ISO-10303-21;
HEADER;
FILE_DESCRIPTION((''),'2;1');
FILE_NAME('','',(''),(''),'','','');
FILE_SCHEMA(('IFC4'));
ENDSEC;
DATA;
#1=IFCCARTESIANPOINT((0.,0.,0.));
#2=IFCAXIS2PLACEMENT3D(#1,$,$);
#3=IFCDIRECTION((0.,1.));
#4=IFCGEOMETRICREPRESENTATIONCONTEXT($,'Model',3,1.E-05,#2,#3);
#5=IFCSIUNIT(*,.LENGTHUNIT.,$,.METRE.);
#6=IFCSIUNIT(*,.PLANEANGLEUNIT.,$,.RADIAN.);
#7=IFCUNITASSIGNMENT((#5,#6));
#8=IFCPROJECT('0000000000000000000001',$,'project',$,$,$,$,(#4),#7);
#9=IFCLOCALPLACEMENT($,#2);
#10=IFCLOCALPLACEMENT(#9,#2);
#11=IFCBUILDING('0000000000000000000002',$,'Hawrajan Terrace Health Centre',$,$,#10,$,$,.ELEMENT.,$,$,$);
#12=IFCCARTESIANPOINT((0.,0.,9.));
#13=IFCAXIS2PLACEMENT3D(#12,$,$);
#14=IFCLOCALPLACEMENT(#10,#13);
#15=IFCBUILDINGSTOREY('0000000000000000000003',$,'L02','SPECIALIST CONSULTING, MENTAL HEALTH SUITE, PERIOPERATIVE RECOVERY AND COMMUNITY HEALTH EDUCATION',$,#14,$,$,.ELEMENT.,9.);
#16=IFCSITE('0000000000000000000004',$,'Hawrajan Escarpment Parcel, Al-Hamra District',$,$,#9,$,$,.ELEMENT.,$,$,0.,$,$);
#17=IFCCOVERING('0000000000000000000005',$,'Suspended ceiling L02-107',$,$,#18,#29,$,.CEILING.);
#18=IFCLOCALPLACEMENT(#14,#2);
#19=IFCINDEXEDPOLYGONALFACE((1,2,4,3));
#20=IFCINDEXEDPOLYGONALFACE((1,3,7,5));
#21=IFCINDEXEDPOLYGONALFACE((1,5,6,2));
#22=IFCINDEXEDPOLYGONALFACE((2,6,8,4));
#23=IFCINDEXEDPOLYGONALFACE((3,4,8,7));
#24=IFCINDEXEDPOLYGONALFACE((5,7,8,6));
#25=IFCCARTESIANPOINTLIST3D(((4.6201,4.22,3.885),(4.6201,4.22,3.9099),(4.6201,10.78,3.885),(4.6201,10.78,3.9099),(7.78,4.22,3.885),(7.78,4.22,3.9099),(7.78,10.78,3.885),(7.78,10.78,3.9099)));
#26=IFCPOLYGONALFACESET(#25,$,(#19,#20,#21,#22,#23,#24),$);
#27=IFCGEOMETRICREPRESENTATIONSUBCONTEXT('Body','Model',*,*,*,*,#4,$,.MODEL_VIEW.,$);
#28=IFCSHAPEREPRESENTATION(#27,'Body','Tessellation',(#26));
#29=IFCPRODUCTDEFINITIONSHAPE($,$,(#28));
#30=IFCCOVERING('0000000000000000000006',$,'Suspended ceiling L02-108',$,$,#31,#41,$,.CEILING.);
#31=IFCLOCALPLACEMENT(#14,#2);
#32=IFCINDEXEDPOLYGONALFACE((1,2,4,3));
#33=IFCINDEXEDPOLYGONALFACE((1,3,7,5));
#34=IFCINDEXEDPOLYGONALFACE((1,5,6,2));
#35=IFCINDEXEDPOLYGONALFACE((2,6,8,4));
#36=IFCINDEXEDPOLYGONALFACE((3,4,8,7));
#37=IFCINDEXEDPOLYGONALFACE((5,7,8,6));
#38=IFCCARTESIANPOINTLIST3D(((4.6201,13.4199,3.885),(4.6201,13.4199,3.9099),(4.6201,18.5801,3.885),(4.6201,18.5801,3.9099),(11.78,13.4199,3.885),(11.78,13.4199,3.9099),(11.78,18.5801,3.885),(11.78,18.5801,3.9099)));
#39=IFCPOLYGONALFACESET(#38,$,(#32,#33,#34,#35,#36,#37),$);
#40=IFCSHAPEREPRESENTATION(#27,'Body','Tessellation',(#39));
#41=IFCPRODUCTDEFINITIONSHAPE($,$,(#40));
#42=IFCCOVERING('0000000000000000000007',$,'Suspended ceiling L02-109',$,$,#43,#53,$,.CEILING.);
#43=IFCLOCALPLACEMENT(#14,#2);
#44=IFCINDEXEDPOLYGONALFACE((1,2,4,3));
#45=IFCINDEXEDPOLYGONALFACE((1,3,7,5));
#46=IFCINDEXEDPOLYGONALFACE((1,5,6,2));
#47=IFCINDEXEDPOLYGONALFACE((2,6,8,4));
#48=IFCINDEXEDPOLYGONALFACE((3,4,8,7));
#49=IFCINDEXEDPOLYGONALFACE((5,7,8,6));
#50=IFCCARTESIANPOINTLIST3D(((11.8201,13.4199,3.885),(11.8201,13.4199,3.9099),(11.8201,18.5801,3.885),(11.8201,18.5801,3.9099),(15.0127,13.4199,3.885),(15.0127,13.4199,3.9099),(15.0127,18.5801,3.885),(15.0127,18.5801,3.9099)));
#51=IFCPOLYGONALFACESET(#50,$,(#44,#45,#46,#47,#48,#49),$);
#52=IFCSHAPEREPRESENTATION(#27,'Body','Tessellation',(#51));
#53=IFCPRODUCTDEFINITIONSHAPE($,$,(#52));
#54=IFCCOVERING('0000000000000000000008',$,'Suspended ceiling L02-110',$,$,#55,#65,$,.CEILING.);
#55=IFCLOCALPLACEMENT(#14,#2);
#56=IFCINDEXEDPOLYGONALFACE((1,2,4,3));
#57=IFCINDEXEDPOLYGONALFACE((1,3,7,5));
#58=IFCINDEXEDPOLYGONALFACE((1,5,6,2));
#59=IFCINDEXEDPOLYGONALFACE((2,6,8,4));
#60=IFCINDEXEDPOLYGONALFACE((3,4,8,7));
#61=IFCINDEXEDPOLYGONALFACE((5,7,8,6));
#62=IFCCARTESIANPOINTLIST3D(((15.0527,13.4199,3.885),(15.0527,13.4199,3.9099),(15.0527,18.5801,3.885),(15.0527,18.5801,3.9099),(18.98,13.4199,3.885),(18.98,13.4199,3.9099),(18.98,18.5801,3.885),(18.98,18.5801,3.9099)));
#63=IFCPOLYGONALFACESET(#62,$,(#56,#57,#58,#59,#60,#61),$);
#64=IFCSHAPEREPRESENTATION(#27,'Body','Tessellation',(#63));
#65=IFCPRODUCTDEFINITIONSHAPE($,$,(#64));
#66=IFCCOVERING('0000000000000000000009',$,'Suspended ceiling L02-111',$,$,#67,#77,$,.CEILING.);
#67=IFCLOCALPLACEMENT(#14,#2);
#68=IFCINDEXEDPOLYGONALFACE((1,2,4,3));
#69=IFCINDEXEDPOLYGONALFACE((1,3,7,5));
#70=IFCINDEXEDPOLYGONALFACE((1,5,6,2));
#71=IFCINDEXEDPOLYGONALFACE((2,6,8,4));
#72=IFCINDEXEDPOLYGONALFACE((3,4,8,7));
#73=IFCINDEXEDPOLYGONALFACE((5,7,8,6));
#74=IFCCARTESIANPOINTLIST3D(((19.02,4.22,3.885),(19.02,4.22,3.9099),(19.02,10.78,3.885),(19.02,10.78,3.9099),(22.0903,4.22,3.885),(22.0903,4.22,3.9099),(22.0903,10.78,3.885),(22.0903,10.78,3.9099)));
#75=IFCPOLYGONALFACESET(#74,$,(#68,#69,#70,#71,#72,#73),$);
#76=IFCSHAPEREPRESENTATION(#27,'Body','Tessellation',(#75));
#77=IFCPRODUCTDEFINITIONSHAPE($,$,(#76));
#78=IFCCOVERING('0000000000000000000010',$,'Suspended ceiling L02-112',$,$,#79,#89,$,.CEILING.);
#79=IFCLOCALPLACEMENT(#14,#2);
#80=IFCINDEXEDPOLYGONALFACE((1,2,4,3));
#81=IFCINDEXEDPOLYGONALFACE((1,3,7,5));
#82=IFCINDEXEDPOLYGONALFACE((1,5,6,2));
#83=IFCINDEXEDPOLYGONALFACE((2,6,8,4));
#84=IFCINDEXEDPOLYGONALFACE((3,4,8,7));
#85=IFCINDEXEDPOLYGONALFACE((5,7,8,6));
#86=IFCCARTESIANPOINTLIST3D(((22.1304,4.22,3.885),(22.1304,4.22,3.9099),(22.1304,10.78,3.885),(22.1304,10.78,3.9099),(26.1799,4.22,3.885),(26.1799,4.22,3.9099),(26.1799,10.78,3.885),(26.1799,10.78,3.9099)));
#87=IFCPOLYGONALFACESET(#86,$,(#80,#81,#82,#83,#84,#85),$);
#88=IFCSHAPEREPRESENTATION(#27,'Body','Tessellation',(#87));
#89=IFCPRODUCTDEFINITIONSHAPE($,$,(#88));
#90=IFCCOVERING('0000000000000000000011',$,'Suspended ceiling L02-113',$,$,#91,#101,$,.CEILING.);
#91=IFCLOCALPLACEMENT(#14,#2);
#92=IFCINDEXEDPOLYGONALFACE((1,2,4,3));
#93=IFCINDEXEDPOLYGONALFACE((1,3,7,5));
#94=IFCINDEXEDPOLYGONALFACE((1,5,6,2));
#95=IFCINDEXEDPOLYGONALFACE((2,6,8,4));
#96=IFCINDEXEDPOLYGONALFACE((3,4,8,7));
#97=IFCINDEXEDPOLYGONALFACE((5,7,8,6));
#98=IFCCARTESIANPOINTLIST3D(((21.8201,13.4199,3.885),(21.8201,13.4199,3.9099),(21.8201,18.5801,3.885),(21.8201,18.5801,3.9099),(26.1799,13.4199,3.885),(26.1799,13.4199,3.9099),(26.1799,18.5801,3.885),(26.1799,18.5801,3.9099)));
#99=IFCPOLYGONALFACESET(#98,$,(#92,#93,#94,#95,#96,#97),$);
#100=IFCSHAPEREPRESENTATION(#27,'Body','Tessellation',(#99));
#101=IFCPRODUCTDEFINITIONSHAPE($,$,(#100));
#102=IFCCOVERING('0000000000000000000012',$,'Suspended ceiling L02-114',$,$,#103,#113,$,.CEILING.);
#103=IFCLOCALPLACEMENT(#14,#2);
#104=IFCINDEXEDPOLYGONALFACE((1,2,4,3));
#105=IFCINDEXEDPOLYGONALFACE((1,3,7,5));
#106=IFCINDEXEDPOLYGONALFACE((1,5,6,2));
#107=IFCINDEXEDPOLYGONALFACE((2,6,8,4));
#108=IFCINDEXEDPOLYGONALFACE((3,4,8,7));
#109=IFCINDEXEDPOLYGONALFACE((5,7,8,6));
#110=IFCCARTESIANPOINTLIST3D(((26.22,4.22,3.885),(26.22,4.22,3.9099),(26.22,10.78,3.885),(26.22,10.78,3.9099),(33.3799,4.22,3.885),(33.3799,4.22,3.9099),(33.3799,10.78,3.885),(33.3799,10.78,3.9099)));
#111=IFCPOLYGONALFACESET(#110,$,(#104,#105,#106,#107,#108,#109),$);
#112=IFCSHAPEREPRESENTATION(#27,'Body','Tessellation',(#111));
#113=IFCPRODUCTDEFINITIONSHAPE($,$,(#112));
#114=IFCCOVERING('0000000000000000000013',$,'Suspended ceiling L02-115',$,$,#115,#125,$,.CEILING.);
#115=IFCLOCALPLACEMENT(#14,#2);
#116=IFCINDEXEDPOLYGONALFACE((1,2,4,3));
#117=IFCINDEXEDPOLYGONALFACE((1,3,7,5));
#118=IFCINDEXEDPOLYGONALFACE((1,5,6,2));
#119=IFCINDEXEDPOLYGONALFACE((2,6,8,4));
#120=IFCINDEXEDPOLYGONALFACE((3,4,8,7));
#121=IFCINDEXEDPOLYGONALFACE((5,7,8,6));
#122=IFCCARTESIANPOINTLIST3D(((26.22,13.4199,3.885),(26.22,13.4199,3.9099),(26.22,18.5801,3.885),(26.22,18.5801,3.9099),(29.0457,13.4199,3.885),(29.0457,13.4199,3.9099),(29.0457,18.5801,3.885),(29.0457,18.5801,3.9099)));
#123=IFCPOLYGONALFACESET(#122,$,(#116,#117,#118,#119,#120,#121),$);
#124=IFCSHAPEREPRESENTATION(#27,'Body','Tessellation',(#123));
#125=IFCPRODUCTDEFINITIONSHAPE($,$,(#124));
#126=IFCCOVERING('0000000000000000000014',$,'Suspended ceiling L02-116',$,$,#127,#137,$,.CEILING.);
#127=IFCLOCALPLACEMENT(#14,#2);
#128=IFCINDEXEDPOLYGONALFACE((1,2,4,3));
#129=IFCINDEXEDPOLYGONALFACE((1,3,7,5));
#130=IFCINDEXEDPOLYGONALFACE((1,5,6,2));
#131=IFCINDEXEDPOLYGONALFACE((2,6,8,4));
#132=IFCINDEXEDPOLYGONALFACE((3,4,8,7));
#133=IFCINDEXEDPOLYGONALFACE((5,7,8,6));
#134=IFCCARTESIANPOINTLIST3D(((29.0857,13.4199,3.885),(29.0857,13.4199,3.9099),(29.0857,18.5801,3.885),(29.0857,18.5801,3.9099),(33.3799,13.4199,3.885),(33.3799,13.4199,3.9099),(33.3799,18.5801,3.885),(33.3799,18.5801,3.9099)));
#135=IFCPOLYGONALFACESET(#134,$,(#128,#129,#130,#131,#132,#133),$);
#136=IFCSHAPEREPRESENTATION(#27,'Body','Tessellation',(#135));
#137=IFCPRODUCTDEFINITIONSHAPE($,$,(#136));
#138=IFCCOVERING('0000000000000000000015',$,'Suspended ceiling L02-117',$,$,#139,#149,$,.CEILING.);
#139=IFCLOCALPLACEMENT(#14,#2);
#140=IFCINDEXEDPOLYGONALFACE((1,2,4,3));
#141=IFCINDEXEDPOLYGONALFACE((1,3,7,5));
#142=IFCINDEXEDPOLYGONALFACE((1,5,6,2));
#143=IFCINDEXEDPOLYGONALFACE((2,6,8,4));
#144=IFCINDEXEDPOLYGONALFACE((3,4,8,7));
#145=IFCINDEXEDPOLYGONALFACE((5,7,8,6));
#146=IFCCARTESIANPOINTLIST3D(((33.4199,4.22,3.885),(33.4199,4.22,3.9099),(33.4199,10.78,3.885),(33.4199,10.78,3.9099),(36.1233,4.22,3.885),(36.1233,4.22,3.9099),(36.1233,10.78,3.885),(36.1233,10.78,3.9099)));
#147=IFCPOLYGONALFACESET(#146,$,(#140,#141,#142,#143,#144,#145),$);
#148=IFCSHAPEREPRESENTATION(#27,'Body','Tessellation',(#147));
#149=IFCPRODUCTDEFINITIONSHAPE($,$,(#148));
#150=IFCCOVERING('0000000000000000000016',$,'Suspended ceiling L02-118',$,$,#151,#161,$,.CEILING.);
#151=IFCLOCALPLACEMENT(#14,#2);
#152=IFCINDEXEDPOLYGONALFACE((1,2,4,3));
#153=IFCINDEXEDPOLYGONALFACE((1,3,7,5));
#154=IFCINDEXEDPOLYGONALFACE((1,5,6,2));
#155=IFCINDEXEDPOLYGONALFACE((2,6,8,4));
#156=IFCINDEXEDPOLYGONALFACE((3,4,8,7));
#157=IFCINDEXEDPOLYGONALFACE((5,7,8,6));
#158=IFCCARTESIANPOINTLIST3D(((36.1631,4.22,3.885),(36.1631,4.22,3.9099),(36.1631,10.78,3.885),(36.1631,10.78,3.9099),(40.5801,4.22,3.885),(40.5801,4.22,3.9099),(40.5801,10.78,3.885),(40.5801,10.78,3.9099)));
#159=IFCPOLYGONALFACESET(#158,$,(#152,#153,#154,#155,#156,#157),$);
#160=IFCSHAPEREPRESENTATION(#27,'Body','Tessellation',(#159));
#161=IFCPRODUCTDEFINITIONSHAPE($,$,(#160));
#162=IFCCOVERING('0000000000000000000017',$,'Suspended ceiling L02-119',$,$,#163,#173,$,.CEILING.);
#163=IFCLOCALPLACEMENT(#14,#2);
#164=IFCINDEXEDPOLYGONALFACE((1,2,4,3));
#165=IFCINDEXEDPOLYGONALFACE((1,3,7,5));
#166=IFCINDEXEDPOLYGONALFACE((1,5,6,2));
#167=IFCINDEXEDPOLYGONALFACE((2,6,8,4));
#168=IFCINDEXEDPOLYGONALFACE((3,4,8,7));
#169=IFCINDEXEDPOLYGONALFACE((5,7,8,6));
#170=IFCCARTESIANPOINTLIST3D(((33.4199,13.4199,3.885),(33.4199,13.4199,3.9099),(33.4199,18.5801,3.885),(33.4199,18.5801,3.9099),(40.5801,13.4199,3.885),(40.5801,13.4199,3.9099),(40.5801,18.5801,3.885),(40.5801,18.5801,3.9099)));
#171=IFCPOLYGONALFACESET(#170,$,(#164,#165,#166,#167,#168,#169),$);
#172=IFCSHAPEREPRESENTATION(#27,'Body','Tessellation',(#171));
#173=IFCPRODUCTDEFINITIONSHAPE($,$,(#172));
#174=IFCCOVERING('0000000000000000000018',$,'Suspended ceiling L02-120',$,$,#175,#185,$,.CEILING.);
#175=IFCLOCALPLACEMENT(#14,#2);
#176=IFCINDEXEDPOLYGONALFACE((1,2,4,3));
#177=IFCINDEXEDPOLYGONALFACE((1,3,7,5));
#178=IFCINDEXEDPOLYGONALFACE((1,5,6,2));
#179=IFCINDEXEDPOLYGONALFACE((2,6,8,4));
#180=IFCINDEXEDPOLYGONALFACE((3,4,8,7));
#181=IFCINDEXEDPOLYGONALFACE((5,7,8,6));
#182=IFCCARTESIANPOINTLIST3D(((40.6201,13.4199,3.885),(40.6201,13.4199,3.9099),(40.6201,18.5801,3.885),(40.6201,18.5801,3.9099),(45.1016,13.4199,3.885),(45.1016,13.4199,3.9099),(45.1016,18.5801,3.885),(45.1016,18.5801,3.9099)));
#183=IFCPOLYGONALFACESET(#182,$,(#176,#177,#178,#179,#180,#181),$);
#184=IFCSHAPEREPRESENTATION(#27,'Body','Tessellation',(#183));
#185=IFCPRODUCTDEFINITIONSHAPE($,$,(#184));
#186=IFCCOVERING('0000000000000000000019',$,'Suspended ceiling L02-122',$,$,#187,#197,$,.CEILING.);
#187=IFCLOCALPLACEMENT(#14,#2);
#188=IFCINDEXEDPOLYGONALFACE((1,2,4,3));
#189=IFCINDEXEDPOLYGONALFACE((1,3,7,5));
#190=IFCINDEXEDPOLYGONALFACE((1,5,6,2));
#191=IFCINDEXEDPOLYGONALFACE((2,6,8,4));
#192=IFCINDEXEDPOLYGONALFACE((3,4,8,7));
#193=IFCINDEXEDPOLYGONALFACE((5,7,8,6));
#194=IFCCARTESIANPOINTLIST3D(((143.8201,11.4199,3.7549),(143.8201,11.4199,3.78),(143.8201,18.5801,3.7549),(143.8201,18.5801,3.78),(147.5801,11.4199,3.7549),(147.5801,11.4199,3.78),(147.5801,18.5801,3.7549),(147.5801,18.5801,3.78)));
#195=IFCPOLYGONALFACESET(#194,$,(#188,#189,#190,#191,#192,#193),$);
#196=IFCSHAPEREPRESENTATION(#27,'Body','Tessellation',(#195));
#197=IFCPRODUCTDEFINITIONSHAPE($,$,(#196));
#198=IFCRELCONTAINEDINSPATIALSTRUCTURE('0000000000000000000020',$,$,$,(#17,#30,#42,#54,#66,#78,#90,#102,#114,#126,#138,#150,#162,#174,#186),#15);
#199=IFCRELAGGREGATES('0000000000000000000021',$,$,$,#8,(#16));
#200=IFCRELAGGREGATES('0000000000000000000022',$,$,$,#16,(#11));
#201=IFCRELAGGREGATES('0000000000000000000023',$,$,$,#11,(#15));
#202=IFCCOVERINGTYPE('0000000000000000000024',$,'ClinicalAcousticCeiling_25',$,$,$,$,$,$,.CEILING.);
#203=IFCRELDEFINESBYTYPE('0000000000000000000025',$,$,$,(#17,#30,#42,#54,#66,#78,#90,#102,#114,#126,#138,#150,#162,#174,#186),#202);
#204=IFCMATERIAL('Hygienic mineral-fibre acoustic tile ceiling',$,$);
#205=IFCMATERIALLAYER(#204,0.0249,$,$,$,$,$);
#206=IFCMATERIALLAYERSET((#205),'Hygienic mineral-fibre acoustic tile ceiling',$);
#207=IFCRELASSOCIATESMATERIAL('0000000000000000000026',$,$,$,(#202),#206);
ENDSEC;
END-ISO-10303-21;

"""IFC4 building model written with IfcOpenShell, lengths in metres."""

from ifc_helpers import new_model, si_unit, direction, frame, origin, place, context, subcontext, project, spatial, polyline, outline, extrude, material, layer, layer_set, type_object, element, save


model = new_model("IFC4")

# Units and contexts
model_context = context("Model", 3, precision=1e-05, world=origin(), true_north=direction((0.0, 1.0)))
body_context = subcontext(model_context, "Body", "Model", "MODEL_VIEW")
ifc_project = project(units=[si_unit("LENGTHUNIT", "METRE"), si_unit("PLANEANGLEUNIT", "RADIAN")], contexts=[model_context])

# Site, building, storey
site_placement = place(None, origin())
site = spatial("IfcSite", under=ifc_project, at=site_placement, Name="Hawrajan Escarpment Parcel, Al-Hamra District", CompositionType="ELEMENT", RefElevation=0.0)
building_placement = place(site_placement, origin())
building = spatial("IfcBuilding", under=site, at=building_placement, Name="Hawrajan Terrace Health Centre", CompositionType="ELEMENT")
storey_placement = place(building_placement, frame((0.0, 0.0, 9.0)))
storey = spatial("IfcBuildingStorey", under=building, at=storey_placement, Name="L02", Description="SPECIALIST CONSULTING, MENTAL HEALTH SUITE, PERIOPERATIVE RECOVERY AND COMMUNITY HEALTH EDUCATION", CompositionType="ELEMENT", Elevation=9.0)

# Coverings
ifc_material = material(Name="Hygienic mineral-fibre acoustic tile ceiling")
ifc_layer = layer(ifc_material, 0.0249)
ifc_layer_set = layer_set([ifc_layer], Name="Hygienic mineral-fibre acoustic tile ceiling")
covering_type = type_object("IfcCoveringType", Name="ClinicalAcousticCeiling_25", PredefinedType="CEILING", material=ifc_layer_set)
covering_1_placement = place(storey_placement, frame((0.0, 0.0, 3.885)))
element("IfcCovering", 1, at=covering_1_placement, inside=storey, type_object=covering_type, Name="Suspended ceiling L02-107", PredefinedType="CEILING", context=body_context, shape_type="SweptSolid", body=[
    extrude(outline(polyline([(4.6201, 10.78), (7.78, 10.78), (7.78, 4.22), (4.6201, 4.22), (4.6201, 10.78)])), origin(), (0.0, 0.0, 1.0), 0.0249),
])
covering_2_placement = place(storey_placement, frame((0.0, 0.0, 3.885)))
element("IfcCovering", 2, at=covering_2_placement, inside=storey, type_object=covering_type, Name="Suspended ceiling L02-108", PredefinedType="CEILING", context=body_context, shape_type="SweptSolid", body=[
    extrude(outline(polyline([(4.6201, 18.5801), (11.78, 18.5801), (11.78, 13.4199), (4.6201, 13.4199), (4.6201, 18.5801)])), origin(), (0.0, 0.0, 1.0), 0.0249),
])
covering_3_placement = place(storey_placement, frame((0.0, 0.0, 3.885)))
element("IfcCovering", 3, at=covering_3_placement, inside=storey, type_object=covering_type, Name="Suspended ceiling L02-109", PredefinedType="CEILING", context=body_context, shape_type="SweptSolid", body=[
    extrude(outline(polyline([(11.8201, 18.5801), (15.0127, 18.5801), (15.0127, 13.4199), (11.8201, 13.4199), (11.8201, 18.5801)])), origin(), (0.0, 0.0, 1.0), 0.0249),
])
covering_4_placement = place(storey_placement, frame((0.0, 0.0, 3.885)))
element("IfcCovering", 4, at=covering_4_placement, inside=storey, type_object=covering_type, Name="Suspended ceiling L02-110", PredefinedType="CEILING", context=body_context, shape_type="SweptSolid", body=[
    extrude(outline(polyline([(15.0527, 18.5801), (18.98, 18.5801), (18.98, 13.4199), (15.0527, 13.4199), (15.0527, 18.5801)])), origin(), (0.0, 0.0, 1.0), 0.0249),
])
covering_5_placement = place(storey_placement, frame((0.0, 0.0, 3.885)))
element("IfcCovering", 5, at=covering_5_placement, inside=storey, type_object=covering_type, Name="Suspended ceiling L02-111", PredefinedType="CEILING", context=body_context, shape_type="SweptSolid", body=[
    extrude(outline(polyline([(19.02, 10.78), (22.0903, 10.78), (22.0903, 4.22), (19.02, 4.22), (19.02, 10.78)])), origin(), (0.0, 0.0, 1.0), 0.0249),
])
covering_6_placement = place(storey_placement, frame((0.0, 0.0, 3.885)))
element("IfcCovering", 6, at=covering_6_placement, inside=storey, type_object=covering_type, Name="Suspended ceiling L02-112", PredefinedType="CEILING", context=body_context, shape_type="SweptSolid", body=[
    extrude(outline(polyline([(22.1304, 10.78), (26.1799, 10.78), (26.1799, 4.22), (22.1304, 4.22), (22.1304, 10.78)])), origin(), (0.0, 0.0, 1.0), 0.0249),
])
covering_7_placement = place(storey_placement, frame((0.0, 0.0, 3.885)))
element("IfcCovering", 7, at=covering_7_placement, inside=storey, type_object=covering_type, Name="Suspended ceiling L02-113", PredefinedType="CEILING", context=body_context, shape_type="SweptSolid", body=[
    extrude(outline(polyline([(21.8201, 18.5801), (26.1799, 18.5801), (26.1799, 13.4199), (21.8201, 13.4199), (21.8201, 18.5801)])), origin(), (0.0, 0.0, 1.0), 0.0249),
])
covering_8_placement = place(storey_placement, frame((0.0, 0.0, 3.885)))
element("IfcCovering", 8, at=covering_8_placement, inside=storey, type_object=covering_type, Name="Suspended ceiling L02-114", PredefinedType="CEILING", context=body_context, shape_type="SweptSolid", body=[
    extrude(outline(polyline([(26.22, 10.78), (33.3799, 10.78), (33.3799, 4.22), (26.22, 4.22), (26.22, 10.78)])), origin(), (0.0, 0.0, 1.0), 0.0249),
])
covering_9_placement = place(storey_placement, frame((0.0, 0.0, 3.885)))
element("IfcCovering", 9, at=covering_9_placement, inside=storey, type_object=covering_type, Name="Suspended ceiling L02-115", PredefinedType="CEILING", context=body_context, shape_type="SweptSolid", body=[
    extrude(outline(polyline([(26.22, 18.5801), (29.0457, 18.5801), (29.0457, 13.4199), (26.22, 13.4199), (26.22, 18.5801)])), origin(), (0.0, 0.0, 1.0), 0.0249),
])
covering_10_placement = place(storey_placement, frame((0.0, 0.0, 3.885)))
element("IfcCovering", 10, at=covering_10_placement, inside=storey, type_object=covering_type, Name="Suspended ceiling L02-116", PredefinedType="CEILING", context=body_context, shape_type="SweptSolid", body=[
    extrude(outline(polyline([(29.0857, 18.5801), (33.3799, 18.5801), (33.3799, 13.4199), (29.0857, 13.4199), (29.0857, 18.5801)])), origin(), (0.0, 0.0, 1.0), 0.0249),
])
covering_11_placement = place(storey_placement, frame((0.0, 0.0, 3.885)))
element("IfcCovering", 11, at=covering_11_placement, inside=storey, type_object=covering_type, Name="Suspended ceiling L02-117", PredefinedType="CEILING", context=body_context, shape_type="SweptSolid", body=[
    extrude(outline(polyline([(33.4199, 10.78), (36.1233, 10.78), (36.1233, 4.22), (33.4199, 4.22), (33.4199, 10.78)])), origin(), (0.0, 0.0, 1.0), 0.0249),
])
covering_12_placement = place(storey_placement, frame((0.0, 0.0, 3.885)))
element("IfcCovering", 12, at=covering_12_placement, inside=storey, type_object=covering_type, Name="Suspended ceiling L02-118", PredefinedType="CEILING", context=body_context, shape_type="SweptSolid", body=[
    extrude(outline(polyline([(36.1631, 10.78), (40.5801, 10.78), (40.5801, 4.22), (36.1631, 4.22), (36.1631, 10.78)])), origin(), (0.0, 0.0, 1.0), 0.0249),
])
covering_13_placement = place(storey_placement, frame((0.0, 0.0, 3.885)))
element("IfcCovering", 13, at=covering_13_placement, inside=storey, type_object=covering_type, Name="Suspended ceiling L02-119", PredefinedType="CEILING", context=body_context, shape_type="SweptSolid", body=[
    extrude(outline(polyline([(33.4199, 18.5801), (40.5801, 18.5801), (40.5801, 13.4199), (33.4199, 13.4199), (33.4199, 18.5801)])), origin(), (0.0, 0.0, 1.0), 0.0249),
])
covering_14_placement = place(storey_placement, frame((0.0, 0.0, 3.885)))
element("IfcCovering", 14, at=covering_14_placement, inside=storey, type_object=covering_type, Name="Suspended ceiling L02-120", PredefinedType="CEILING", context=body_context, shape_type="SweptSolid", body=[
    extrude(outline(polyline([(40.6201, 18.5801), (45.1016, 18.5801), (45.1016, 13.4199), (40.6201, 13.4199), (40.6201, 18.5801)])), origin(), (0.0, 0.0, 1.0), 0.0249),
])
covering_15_placement = place(storey_placement, frame((0.0, 0.0, 3.7549)))
element("IfcCovering", 15, at=covering_15_placement, inside=storey, type_object=covering_type, Name="Suspended ceiling L02-122", PredefinedType="CEILING", context=body_context, shape_type="SweptSolid", body=[
    extrude(outline(polyline([(143.8201, 18.5801), (147.5801, 18.5801), (147.5801, 11.4199), (143.8201, 11.4199), (143.8201, 18.5801)])), origin(), (0.0, 0.0, 1.0), 0.0251),
])

save(model, "model.ifc")
